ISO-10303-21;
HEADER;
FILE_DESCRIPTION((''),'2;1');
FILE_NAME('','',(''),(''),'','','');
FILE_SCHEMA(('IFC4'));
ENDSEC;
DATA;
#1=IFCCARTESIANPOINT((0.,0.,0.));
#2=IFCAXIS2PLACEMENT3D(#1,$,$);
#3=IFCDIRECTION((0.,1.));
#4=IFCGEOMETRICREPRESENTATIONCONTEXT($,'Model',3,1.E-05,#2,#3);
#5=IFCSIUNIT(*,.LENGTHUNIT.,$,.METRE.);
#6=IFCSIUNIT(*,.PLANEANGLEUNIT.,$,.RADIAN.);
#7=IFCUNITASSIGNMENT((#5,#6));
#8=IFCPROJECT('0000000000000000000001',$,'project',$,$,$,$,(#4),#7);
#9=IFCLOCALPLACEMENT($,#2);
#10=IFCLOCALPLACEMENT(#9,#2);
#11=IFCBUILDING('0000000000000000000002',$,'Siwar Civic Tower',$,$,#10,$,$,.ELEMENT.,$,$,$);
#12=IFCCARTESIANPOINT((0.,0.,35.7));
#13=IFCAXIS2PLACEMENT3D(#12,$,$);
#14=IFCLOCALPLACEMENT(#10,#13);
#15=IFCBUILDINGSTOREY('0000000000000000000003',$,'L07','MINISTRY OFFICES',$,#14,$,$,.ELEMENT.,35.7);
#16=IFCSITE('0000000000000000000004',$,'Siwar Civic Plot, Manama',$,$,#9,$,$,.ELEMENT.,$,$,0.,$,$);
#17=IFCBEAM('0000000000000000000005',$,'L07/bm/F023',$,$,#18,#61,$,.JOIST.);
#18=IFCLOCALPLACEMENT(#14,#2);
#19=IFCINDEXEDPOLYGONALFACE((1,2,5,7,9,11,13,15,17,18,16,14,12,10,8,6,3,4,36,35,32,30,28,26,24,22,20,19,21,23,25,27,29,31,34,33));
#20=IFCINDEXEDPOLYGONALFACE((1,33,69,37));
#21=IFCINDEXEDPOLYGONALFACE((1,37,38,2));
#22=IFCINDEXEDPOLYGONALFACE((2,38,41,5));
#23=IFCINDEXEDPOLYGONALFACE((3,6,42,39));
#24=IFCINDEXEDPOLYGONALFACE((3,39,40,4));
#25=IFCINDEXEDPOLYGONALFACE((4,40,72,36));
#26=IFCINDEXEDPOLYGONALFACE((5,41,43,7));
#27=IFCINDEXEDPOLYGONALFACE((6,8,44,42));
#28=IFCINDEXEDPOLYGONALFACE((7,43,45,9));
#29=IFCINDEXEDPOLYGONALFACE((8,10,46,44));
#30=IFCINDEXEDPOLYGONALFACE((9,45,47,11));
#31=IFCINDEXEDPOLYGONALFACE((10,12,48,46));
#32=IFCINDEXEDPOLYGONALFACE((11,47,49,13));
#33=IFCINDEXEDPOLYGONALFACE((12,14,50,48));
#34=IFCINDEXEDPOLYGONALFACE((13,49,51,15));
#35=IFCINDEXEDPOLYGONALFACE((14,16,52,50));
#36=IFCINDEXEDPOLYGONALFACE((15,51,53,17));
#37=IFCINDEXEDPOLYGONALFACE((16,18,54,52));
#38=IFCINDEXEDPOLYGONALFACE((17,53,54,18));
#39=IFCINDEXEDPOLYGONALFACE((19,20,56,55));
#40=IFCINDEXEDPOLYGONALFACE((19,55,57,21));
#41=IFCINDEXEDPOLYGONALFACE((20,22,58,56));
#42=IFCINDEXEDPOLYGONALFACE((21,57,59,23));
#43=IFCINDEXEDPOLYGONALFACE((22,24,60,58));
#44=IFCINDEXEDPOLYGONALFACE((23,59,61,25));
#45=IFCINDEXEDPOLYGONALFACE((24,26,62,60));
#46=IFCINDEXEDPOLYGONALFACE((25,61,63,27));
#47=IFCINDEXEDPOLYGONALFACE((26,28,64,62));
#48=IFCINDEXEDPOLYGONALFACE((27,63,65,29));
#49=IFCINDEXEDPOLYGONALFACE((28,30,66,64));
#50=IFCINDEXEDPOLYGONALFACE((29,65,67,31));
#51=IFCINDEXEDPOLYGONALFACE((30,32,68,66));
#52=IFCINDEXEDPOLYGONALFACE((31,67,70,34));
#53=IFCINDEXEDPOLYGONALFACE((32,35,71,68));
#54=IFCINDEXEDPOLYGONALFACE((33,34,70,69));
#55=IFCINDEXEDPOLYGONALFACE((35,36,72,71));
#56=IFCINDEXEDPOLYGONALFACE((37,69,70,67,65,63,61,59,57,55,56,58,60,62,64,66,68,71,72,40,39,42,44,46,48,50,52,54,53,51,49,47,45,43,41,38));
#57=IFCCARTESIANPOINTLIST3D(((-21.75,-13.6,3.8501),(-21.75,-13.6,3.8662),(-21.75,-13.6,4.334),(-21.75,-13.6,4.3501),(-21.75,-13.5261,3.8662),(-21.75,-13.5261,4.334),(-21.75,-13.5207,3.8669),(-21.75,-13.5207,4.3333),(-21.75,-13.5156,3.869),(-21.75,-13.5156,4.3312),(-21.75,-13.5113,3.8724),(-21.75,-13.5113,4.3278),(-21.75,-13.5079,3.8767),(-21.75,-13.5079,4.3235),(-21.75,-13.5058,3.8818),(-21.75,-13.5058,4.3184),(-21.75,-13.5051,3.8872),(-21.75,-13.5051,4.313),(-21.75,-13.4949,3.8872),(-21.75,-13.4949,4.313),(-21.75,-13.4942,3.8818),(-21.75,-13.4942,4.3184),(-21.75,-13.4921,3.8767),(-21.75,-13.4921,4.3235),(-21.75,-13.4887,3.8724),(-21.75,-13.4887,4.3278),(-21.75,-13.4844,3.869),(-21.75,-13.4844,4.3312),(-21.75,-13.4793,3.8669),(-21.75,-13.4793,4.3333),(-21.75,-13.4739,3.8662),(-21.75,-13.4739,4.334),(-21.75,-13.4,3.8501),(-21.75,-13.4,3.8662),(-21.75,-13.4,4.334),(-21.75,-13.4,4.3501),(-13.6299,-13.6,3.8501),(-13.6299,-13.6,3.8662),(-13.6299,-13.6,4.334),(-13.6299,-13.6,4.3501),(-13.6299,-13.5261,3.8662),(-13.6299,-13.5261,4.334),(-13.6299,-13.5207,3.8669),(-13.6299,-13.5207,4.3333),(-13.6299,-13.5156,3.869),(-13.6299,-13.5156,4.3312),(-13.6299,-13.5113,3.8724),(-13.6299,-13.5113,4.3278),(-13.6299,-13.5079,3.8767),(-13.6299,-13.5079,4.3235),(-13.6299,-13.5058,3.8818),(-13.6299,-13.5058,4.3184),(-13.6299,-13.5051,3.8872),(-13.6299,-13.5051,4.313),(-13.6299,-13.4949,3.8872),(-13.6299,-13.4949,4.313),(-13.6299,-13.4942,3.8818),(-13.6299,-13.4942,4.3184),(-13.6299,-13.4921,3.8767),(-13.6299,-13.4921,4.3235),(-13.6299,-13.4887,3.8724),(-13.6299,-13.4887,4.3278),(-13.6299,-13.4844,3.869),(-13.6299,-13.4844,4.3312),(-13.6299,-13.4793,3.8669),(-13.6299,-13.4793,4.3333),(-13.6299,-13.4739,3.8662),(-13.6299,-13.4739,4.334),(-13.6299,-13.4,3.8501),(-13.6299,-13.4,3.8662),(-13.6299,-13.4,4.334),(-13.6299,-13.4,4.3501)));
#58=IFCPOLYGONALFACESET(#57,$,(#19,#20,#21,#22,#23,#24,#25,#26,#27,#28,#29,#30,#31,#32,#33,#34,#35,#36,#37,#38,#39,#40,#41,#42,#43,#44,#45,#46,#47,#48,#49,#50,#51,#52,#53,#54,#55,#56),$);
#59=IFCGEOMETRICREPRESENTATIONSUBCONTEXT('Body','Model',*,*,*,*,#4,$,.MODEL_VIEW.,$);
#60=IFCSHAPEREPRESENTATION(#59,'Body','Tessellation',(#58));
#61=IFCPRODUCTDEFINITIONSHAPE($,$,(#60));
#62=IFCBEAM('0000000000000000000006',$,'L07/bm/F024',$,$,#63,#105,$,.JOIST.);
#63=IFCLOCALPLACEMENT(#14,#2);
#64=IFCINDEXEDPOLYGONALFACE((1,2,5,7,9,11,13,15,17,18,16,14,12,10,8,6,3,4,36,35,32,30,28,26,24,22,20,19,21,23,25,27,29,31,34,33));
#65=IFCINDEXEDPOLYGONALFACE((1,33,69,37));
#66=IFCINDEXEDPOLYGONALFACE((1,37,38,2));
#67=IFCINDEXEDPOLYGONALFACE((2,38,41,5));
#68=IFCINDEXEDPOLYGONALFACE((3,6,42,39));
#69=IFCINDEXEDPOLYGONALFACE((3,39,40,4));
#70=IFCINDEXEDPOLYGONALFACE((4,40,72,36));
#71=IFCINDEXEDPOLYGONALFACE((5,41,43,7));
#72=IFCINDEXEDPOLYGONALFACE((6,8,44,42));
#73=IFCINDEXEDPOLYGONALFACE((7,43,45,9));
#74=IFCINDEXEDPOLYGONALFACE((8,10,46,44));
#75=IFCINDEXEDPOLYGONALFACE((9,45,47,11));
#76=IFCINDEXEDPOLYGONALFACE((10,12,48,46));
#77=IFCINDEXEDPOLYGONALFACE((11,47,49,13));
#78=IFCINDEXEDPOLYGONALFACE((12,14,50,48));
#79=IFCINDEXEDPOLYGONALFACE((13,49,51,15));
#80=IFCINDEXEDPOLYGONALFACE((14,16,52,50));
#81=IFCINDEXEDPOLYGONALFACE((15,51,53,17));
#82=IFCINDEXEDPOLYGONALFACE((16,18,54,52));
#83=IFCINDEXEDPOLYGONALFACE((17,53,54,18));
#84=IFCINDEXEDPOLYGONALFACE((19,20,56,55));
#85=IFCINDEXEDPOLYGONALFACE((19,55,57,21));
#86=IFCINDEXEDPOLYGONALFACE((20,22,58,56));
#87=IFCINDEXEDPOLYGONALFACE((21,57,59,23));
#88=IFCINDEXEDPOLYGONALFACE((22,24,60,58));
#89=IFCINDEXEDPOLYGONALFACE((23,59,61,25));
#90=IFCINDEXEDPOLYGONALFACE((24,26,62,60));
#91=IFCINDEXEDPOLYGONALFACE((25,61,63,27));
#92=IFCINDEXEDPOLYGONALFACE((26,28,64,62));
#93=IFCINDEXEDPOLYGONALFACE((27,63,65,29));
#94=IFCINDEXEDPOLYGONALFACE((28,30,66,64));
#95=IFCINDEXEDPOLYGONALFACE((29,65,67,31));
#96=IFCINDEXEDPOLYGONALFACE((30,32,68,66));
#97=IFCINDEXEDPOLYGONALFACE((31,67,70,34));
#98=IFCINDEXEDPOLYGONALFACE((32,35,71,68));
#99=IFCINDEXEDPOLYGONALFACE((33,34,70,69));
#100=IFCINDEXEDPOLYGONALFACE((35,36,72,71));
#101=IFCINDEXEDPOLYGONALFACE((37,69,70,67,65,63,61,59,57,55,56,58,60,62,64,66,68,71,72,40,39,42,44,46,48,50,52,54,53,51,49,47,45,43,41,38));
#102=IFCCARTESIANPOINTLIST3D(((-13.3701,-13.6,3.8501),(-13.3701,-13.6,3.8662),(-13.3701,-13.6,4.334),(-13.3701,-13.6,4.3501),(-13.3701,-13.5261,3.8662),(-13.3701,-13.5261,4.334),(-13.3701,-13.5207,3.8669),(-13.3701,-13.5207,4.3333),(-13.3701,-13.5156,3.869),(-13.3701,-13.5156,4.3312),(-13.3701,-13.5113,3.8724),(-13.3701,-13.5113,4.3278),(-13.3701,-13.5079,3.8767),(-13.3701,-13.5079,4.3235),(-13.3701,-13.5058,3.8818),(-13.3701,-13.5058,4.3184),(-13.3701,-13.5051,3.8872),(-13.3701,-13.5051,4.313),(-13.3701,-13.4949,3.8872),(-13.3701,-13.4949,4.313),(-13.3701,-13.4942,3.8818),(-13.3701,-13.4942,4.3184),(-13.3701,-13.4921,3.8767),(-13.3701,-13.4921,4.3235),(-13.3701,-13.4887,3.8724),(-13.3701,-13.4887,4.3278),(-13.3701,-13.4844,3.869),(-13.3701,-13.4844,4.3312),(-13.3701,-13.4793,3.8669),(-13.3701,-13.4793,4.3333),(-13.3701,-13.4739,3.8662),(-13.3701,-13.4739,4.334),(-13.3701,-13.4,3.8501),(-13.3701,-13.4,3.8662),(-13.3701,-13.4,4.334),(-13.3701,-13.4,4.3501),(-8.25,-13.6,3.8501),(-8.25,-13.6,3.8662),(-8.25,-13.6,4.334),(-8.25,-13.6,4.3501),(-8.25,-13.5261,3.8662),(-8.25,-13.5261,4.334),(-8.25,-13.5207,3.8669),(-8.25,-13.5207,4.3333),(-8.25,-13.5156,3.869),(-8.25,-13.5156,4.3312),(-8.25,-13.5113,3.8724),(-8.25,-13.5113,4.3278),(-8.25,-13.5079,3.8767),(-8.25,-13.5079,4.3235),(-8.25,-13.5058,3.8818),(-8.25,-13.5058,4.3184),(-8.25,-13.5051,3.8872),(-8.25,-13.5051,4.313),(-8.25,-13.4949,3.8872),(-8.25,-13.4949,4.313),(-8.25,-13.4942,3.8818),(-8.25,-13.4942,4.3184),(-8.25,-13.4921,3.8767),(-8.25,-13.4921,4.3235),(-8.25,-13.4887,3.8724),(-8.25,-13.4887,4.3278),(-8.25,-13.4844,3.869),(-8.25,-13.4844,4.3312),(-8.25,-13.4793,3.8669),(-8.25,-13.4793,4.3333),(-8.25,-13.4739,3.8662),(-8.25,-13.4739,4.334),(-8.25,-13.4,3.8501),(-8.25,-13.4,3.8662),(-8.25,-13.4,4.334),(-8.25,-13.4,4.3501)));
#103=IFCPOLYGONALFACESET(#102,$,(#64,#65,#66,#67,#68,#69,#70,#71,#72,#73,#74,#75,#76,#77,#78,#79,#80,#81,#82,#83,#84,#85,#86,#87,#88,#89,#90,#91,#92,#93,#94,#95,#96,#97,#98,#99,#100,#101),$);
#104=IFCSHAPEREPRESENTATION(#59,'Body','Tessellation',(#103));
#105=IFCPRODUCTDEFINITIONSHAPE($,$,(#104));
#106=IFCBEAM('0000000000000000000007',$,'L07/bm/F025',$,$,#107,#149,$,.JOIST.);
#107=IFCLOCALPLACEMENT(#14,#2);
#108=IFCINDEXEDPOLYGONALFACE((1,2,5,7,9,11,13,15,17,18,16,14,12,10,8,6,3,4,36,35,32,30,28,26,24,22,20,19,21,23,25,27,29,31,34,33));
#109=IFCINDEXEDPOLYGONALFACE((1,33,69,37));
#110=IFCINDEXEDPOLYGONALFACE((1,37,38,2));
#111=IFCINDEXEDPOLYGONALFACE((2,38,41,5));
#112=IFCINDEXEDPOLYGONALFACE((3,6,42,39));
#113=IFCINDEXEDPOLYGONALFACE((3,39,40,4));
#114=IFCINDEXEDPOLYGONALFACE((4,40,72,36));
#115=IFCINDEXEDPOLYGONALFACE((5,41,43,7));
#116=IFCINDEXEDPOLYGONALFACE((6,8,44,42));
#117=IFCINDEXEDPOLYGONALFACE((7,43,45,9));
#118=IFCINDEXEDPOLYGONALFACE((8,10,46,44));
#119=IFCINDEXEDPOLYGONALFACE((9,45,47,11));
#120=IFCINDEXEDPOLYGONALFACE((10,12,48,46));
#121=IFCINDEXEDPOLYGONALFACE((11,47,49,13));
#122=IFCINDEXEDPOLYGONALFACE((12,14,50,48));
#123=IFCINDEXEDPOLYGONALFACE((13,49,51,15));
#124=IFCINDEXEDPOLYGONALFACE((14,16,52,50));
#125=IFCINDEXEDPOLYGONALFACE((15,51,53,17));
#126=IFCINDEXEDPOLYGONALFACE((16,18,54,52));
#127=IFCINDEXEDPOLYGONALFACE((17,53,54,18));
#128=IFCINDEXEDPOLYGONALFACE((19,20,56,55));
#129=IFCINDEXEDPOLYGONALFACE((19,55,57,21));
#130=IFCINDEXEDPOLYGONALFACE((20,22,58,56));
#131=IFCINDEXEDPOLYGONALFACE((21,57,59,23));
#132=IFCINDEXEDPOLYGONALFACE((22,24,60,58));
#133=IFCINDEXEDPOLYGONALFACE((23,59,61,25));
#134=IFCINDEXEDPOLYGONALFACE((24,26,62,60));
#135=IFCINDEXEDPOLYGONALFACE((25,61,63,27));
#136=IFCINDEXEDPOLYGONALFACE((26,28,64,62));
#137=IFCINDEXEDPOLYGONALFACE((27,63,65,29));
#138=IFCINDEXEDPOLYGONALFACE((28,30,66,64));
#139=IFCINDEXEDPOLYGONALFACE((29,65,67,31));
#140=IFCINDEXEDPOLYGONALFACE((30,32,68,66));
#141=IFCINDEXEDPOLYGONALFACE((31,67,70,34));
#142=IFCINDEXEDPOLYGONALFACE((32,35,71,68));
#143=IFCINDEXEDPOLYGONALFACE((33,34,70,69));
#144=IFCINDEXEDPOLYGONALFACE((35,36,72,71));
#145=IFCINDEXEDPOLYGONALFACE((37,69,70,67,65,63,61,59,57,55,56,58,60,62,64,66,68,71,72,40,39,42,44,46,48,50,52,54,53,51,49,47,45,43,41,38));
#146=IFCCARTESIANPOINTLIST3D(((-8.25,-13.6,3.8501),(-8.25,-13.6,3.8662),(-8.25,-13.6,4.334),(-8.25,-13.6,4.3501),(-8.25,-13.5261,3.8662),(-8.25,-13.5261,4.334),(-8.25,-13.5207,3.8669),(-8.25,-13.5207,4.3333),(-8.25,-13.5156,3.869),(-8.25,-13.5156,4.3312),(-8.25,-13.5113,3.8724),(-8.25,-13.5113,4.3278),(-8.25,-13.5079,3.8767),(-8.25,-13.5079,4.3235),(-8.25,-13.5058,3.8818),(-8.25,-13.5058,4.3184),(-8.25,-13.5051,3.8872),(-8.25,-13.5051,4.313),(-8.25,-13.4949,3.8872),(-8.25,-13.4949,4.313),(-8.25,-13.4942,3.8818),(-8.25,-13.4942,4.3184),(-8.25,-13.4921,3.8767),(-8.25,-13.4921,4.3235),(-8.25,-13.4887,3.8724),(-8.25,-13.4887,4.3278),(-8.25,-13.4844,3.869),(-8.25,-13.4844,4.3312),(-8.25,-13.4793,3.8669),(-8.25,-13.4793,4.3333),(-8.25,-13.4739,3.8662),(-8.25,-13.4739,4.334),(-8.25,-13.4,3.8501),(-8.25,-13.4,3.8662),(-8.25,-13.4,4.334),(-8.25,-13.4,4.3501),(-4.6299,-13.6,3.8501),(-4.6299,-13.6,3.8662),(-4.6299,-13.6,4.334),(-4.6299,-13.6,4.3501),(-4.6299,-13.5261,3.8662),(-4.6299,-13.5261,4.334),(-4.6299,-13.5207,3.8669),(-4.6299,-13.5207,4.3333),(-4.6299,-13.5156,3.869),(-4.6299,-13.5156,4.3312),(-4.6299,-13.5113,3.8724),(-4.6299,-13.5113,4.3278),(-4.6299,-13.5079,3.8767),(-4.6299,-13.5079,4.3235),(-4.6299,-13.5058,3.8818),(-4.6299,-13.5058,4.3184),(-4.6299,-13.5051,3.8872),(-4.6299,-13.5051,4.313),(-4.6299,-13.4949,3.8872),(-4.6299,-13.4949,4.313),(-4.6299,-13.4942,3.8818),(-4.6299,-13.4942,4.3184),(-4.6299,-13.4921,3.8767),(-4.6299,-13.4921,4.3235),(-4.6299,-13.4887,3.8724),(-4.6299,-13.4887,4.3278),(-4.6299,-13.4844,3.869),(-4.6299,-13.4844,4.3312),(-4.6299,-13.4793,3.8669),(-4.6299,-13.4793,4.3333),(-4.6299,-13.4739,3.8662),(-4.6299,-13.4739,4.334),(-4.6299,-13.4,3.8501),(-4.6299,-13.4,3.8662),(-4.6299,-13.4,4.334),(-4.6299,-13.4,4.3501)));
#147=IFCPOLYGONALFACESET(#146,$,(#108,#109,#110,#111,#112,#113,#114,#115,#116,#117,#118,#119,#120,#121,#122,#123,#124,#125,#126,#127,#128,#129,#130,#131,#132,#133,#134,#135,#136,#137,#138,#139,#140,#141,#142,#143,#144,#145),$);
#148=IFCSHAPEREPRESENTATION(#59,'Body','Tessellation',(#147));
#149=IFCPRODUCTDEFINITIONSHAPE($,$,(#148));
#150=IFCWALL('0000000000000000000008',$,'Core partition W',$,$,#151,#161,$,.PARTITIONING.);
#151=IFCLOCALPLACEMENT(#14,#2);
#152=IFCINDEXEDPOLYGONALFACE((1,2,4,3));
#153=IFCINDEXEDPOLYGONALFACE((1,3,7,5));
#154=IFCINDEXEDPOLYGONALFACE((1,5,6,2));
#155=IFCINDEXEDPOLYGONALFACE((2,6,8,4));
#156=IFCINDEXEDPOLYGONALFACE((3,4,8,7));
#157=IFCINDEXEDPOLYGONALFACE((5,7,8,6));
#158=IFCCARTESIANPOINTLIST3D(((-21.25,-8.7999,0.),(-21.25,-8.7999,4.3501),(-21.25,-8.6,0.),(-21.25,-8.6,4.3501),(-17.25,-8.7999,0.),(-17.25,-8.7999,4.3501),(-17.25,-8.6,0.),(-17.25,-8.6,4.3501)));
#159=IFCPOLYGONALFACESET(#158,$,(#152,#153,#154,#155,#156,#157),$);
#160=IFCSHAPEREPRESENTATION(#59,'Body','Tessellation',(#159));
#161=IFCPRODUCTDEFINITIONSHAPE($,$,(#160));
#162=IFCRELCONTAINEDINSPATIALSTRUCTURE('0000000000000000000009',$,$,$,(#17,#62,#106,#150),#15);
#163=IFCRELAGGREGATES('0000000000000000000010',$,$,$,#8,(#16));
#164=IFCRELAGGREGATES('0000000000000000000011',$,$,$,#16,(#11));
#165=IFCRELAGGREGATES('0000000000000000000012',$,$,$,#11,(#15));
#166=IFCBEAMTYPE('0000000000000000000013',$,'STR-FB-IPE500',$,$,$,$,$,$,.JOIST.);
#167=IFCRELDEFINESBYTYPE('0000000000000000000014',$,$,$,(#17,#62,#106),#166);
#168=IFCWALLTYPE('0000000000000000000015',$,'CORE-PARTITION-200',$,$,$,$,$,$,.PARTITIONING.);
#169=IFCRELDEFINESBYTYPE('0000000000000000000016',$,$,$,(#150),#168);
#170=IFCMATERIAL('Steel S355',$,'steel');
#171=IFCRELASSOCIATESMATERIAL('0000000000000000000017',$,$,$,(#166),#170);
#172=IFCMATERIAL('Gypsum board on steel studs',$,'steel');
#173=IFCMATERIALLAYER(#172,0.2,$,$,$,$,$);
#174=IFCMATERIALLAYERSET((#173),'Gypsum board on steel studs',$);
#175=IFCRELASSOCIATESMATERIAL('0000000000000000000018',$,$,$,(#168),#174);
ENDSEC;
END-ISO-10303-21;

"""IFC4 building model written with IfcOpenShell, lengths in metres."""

from ifc_helpers import new_model, si_unit, direction, frame, frame_2d, origin, origin_2d, place, context, subcontext, project, spatial, rectangle, i_section, extrude, material, layer, layer_set, material_profile, profile_set, type_object, element, save


model = new_model("IFC4")

# Units and contexts
model_context = context("Model", 3, precision=1e-05, world=origin(), true_north=direction((0.0, 1.0)))
body_context = subcontext(model_context, "Body", "Model", "MODEL_VIEW")
ifc_project = project(units=[si_unit("LENGTHUNIT", "METRE"), si_unit("PLANEANGLEUNIT", "RADIAN")], contexts=[model_context])

# Site, building, storey
site_placement = place(None, origin())
site = spatial("IfcSite", under=ifc_project, at=site_placement, Name="Siwar Civic Plot, Manama", CompositionType="ELEMENT", RefElevation=0.0)
building_placement = place(site_placement, origin())
building = spatial("IfcBuilding", under=site, at=building_placement, Name="Siwar Civic Tower", CompositionType="ELEMENT")
storey_placement = place(building_placement, frame((0.0, 0.0, 35.7)))
storey = spatial("IfcBuildingStorey", under=building, at=storey_placement, Name="L07", Description="MINISTRY OFFICES", CompositionType="ELEMENT", Elevation=35.7)

# Beams
ifc_material_1 = material(Name="Steel S355", Category="steel")
ifc_material_profile = material_profile(ifc_material_1, i_section(OverallWidth=0.2, OverallDepth=0.5, WebThickness=0.0103, FlangeThickness=0.0161, FilletRadius=0.021, at=origin_2d()), Name="IPE500")
ifc_profile_set = profile_set([ifc_material_profile], Name="Steel S355")
beam_type = type_object("IfcBeamType", Name="STR-FB-IPE500", PredefinedType="JOIST", material=ifc_profile_set)
beam_1_placement = place(storey_placement, frame((-21.75, -13.5, 4.1001), z_axis=(1.0, 0.0, 0.0), x_axis=(0.0, 1.0, 0.0)))
element("IfcBeam", 1, at=beam_1_placement, inside=storey, type_object=beam_type, Name="L07/bm/F023", PredefinedType="JOIST", context=body_context, shape_type="SweptSolid", body=[
    extrude(i_section(OverallWidth=0.2, OverallDepth=0.5, WebThickness=0.0103, FlangeThickness=0.0161, FilletRadius=0.021, at=origin_2d()), origin(), (0.0, 0.0, 1.0), 8.1201),
])
beam_2_placement = place(storey_placement, frame((-13.3701, -13.5, 4.1001), z_axis=(1.0, 0.0, 0.0), x_axis=(0.0, 1.0, 0.0)))
element("IfcBeam", 2, at=beam_2_placement, inside=storey, type_object=beam_type, Name="L07/bm/F024", PredefinedType="JOIST", context=body_context, shape_type="SweptSolid", body=[
    extrude(i_section(OverallWidth=0.2, OverallDepth=0.5, WebThickness=0.0103, FlangeThickness=0.0161, FilletRadius=0.021, at=origin_2d()), origin(), (0.0, 0.0, 1.0), 5.1201),
])
beam_3_placement = place(storey_placement, frame((-8.25, -13.5, 4.1001), z_axis=(1.0, 0.0, 0.0), x_axis=(0.0, 1.0, 0.0)))
element("IfcBeam", 3, at=beam_3_placement, inside=storey, type_object=beam_type, Name="L07/bm/F025", PredefinedType="JOIST", context=body_context, shape_type="SweptSolid", body=[
    extrude(i_section(OverallWidth=0.2, OverallDepth=0.5, WebThickness=0.0103, FlangeThickness=0.0161, FilletRadius=0.021, at=origin_2d()), origin(), (0.0, 0.0, 1.0), 3.6201),
])

# Wall
ifc_material_2 = material(Name="Gypsum board on steel studs", Category="steel")
ifc_layer_1 = layer(ifc_material_2, 0.2)
ifc_layer_set_1 = layer_set([ifc_layer_1], Name="Gypsum board on steel studs")
wall_type_1 = type_object("IfcWallType", Name="CORE-PARTITION-200", PredefinedType="PARTITIONING", material=ifc_layer_set_1)
wall_1_placement = place(storey_placement, frame((-17.25, -8.7, 0.0), z_axis=(0.0, 0.0, 1.0), x_axis=(-1.0, 0.0, 0.0)))
element("IfcWall", 4, at=wall_1_placement, inside=storey, type_object=wall_type_1, Name="Core partition W", PredefinedType="PARTITIONING", context=body_context, shape_type="SweptSolid", body=[
    extrude(rectangle(XDim=4.0, YDim=0.2, at=frame_2d((2.0, 0.0))), origin(), (0.0, 0.0, 1.0), 4.3501),
])

save(model, "model.ifc")
